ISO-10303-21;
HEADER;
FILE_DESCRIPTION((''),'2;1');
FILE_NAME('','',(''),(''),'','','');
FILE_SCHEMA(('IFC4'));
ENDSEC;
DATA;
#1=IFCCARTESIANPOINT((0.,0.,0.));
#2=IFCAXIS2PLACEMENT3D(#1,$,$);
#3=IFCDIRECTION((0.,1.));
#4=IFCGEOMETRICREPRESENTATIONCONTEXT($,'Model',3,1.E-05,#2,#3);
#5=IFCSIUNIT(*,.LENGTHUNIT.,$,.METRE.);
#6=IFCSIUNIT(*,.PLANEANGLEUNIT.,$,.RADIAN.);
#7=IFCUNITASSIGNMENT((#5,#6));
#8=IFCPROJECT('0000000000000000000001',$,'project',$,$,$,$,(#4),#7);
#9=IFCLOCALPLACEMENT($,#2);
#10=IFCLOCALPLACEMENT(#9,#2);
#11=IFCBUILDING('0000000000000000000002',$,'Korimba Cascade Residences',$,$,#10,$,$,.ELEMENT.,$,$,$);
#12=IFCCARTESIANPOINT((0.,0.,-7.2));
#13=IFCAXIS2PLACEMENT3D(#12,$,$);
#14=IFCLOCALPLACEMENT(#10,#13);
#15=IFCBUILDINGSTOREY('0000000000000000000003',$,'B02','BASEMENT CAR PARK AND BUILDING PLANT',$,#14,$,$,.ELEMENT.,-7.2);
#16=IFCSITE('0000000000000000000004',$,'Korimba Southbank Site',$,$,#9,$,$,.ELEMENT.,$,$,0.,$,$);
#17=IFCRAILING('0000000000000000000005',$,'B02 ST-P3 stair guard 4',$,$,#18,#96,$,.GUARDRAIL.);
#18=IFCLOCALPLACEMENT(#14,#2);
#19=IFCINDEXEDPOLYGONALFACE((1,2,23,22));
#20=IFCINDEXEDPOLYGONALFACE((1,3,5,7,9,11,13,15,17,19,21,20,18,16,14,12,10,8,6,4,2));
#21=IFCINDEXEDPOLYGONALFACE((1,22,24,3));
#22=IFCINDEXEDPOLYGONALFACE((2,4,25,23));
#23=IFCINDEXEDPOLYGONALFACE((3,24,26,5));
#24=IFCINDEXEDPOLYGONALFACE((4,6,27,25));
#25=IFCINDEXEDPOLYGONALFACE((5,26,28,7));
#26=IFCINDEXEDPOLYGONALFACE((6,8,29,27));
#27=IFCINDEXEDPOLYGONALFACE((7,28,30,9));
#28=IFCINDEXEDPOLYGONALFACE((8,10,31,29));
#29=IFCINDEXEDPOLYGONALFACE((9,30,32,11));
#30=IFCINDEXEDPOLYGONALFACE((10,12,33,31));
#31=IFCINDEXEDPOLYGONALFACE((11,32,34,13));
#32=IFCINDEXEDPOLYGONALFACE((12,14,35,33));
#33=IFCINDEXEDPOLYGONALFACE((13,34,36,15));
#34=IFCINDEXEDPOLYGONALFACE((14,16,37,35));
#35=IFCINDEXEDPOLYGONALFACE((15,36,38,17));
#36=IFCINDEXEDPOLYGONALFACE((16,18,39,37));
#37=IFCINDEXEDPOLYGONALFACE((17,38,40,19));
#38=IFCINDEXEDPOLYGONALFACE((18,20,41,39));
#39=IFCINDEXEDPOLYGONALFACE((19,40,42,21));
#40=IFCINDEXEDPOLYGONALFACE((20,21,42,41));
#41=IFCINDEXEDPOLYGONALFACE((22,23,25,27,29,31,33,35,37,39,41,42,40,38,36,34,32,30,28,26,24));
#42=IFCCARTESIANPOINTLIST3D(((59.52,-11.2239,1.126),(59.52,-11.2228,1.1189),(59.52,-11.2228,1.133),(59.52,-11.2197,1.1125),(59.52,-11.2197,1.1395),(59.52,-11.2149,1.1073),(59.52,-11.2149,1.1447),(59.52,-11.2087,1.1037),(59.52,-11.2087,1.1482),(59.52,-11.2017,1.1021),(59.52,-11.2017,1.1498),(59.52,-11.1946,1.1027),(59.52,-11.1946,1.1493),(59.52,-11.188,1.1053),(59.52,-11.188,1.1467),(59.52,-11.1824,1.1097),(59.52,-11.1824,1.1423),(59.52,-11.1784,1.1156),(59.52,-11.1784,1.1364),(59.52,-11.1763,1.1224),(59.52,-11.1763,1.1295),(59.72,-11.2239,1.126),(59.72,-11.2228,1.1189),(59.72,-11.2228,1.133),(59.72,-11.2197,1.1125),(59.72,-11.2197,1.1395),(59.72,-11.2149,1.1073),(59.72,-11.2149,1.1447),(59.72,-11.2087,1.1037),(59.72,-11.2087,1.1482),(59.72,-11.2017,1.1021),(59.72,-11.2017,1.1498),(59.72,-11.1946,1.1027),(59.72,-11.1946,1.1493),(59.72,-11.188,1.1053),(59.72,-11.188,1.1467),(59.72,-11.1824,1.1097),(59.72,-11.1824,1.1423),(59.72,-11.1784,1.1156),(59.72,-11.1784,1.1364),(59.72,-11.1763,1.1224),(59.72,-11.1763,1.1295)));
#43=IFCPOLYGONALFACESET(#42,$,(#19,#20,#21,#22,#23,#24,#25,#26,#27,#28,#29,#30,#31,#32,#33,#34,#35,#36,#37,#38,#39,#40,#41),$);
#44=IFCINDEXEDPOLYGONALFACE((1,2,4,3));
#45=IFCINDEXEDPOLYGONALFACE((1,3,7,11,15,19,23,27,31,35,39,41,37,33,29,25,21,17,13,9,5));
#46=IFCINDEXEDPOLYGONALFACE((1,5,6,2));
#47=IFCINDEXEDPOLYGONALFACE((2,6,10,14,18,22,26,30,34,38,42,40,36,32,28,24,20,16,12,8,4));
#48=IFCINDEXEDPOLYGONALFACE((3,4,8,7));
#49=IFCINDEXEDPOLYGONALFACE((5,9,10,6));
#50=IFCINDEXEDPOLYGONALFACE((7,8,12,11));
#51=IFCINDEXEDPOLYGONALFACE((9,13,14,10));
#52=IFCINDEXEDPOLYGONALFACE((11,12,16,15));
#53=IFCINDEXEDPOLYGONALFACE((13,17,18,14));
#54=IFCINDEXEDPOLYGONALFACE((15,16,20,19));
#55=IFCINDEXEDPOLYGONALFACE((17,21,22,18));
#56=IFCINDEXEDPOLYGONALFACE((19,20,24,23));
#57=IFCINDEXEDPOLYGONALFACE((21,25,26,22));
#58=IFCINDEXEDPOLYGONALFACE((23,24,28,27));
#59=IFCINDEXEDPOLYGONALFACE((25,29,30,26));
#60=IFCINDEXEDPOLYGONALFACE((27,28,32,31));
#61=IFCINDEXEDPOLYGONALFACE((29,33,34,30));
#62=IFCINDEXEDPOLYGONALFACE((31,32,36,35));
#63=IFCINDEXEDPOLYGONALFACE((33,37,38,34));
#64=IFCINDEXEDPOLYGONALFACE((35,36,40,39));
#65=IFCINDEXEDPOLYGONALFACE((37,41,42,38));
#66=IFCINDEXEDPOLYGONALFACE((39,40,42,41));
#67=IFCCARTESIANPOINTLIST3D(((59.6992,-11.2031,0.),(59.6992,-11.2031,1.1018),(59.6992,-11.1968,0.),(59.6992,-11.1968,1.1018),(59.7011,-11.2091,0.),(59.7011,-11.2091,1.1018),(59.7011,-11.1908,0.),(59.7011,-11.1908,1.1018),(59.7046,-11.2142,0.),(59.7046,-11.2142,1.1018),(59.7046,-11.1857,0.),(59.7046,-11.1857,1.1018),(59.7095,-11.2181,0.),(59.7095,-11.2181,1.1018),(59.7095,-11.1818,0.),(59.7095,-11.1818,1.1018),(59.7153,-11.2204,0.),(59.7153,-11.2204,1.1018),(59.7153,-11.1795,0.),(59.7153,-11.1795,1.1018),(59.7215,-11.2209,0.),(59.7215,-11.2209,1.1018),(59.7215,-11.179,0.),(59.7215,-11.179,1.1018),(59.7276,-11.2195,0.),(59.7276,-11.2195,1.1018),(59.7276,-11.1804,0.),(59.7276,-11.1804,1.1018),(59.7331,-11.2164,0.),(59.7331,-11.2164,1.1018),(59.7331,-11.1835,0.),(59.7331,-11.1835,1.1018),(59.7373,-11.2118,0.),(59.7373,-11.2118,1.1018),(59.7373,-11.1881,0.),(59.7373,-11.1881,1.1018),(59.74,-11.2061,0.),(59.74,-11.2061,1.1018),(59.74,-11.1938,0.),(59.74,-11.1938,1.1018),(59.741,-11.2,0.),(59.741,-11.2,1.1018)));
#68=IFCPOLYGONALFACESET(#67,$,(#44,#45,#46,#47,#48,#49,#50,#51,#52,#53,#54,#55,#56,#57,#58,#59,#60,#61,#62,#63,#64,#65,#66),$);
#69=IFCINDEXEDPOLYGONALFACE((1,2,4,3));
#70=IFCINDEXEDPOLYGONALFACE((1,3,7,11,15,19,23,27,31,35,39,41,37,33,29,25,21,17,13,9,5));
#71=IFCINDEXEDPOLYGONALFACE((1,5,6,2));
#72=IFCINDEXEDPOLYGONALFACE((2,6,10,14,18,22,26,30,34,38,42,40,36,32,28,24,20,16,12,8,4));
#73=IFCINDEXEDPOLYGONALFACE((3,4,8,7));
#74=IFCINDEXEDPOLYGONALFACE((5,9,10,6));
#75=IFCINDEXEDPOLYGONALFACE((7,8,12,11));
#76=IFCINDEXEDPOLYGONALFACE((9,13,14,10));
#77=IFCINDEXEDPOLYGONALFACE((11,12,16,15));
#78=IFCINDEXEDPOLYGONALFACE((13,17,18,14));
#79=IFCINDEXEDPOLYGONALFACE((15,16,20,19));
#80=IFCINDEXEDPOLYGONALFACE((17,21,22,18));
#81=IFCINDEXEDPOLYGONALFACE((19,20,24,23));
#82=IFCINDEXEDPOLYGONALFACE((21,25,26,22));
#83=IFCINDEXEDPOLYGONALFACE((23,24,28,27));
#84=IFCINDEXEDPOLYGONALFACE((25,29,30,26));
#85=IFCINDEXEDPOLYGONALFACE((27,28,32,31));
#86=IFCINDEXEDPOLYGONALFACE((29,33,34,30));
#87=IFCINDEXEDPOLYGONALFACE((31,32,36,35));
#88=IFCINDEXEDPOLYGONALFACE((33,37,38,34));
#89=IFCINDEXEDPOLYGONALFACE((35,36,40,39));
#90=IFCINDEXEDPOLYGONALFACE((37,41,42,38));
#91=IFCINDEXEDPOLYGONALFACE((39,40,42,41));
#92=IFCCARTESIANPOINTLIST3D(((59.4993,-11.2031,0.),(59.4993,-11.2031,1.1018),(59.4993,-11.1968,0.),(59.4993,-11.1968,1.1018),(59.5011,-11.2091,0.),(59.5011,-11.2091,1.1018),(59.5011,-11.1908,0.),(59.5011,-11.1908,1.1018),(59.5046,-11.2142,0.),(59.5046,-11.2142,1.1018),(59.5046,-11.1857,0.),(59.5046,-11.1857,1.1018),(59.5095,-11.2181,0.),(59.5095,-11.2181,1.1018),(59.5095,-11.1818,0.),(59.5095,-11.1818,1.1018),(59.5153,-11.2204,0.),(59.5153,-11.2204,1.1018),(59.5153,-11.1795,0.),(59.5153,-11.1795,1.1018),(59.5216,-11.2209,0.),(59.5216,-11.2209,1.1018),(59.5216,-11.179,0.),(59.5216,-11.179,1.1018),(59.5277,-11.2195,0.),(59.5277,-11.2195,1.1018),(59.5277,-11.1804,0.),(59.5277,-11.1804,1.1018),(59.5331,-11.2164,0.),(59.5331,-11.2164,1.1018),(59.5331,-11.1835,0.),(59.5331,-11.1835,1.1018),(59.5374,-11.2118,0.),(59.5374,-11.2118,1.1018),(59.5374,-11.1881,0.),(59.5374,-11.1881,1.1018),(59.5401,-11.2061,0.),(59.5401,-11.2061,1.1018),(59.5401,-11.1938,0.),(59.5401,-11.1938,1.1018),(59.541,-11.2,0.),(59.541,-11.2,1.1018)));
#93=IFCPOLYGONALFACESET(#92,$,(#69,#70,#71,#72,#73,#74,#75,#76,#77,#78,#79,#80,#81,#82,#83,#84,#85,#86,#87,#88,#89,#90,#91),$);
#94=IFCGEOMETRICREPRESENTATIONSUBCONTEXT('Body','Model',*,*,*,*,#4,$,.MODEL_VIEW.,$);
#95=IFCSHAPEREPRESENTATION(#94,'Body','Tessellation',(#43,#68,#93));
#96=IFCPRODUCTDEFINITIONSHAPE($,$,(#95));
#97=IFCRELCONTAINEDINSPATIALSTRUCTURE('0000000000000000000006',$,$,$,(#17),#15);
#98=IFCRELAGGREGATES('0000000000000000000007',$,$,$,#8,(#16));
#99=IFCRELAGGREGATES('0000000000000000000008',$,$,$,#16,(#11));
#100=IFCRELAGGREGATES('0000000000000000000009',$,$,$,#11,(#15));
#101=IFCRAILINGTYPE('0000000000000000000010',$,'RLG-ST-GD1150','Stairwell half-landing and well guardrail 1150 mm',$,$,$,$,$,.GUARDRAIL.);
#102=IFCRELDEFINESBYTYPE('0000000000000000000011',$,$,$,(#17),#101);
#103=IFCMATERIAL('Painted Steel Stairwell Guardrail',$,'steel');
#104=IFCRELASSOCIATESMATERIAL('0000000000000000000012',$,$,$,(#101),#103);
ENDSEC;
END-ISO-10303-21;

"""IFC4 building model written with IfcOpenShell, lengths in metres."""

from ifc_helpers import new_model, si_unit, direction, frame, origin, origin_2d, place, context, subcontext, project, spatial, circle, extrude, material, type_object, element, save


model = new_model("IFC4")

# Units and contexts
model_context = context("Model", 3, precision=1e-05, world=origin(), true_north=direction((0.0, 1.0)))
body_context = subcontext(model_context, "Body", "Model", "MODEL_VIEW")
ifc_project = project(units=[si_unit("LENGTHUNIT", "METRE"), si_unit("PLANEANGLEUNIT", "RADIAN")], contexts=[model_context])

# Site, building, storey
site_placement = place(None, origin())
site = spatial("IfcSite", under=ifc_project, at=site_placement, Name="Korimba Southbank Site", CompositionType="ELEMENT", RefElevation=0.0)
building_placement = place(site_placement, origin())
building = spatial("IfcBuilding", under=site, at=building_placement, Name="Korimba Cascade Residences", CompositionType="ELEMENT")
storey_placement = place(building_placement, frame((0.0, 0.0, -7.2)))
storey = spatial("IfcBuildingStorey", under=building, at=storey_placement, Name="B02", Description="BASEMENT CAR PARK AND BUILDING PLANT", CompositionType="ELEMENT", Elevation=-7.2)

# Railing
ifc_material_1 = material(Name="Painted Steel Stairwell Guardrail", Category="steel")
railing_type_1 = type_object("IfcRailingType", Name="RLG-ST-GD1150", Description="Stairwell half-landing and well guardrail 1150 mm", PredefinedType="GUARDRAIL", material=ifc_material_1)
railing_1_placement = place(storey_placement, frame((59.72, -11.2, 0.0)))
element("IfcRailing", 1, at=railing_1_placement, inside=storey, type_object=railing_type_1, Name="B02 ST-P3 stair guard 4", PredefinedType="GUARDRAIL", context=body_context, shape_type="SweptSolid", body=[
    extrude(circle(Radius=0.0239, at=origin_2d()), frame((0.0, 0.0, 1.126), z_axis=(-1.0, 0.0, 0.0), x_axis=(0.0, -1.0, 0.0)), (0.0, 0.0, 1.0), 0.2),
    extrude(circle(Radius=0.021, at=origin_2d()), origin(), (0.0, 0.0, 1.0), 1.1018),
    extrude(circle(Radius=0.021, at=origin_2d()), frame((-0.2, 0.0, 0.0)), (0.0, 0.0, 1.0), 1.1018),
])

save(model, "model.ifc")
